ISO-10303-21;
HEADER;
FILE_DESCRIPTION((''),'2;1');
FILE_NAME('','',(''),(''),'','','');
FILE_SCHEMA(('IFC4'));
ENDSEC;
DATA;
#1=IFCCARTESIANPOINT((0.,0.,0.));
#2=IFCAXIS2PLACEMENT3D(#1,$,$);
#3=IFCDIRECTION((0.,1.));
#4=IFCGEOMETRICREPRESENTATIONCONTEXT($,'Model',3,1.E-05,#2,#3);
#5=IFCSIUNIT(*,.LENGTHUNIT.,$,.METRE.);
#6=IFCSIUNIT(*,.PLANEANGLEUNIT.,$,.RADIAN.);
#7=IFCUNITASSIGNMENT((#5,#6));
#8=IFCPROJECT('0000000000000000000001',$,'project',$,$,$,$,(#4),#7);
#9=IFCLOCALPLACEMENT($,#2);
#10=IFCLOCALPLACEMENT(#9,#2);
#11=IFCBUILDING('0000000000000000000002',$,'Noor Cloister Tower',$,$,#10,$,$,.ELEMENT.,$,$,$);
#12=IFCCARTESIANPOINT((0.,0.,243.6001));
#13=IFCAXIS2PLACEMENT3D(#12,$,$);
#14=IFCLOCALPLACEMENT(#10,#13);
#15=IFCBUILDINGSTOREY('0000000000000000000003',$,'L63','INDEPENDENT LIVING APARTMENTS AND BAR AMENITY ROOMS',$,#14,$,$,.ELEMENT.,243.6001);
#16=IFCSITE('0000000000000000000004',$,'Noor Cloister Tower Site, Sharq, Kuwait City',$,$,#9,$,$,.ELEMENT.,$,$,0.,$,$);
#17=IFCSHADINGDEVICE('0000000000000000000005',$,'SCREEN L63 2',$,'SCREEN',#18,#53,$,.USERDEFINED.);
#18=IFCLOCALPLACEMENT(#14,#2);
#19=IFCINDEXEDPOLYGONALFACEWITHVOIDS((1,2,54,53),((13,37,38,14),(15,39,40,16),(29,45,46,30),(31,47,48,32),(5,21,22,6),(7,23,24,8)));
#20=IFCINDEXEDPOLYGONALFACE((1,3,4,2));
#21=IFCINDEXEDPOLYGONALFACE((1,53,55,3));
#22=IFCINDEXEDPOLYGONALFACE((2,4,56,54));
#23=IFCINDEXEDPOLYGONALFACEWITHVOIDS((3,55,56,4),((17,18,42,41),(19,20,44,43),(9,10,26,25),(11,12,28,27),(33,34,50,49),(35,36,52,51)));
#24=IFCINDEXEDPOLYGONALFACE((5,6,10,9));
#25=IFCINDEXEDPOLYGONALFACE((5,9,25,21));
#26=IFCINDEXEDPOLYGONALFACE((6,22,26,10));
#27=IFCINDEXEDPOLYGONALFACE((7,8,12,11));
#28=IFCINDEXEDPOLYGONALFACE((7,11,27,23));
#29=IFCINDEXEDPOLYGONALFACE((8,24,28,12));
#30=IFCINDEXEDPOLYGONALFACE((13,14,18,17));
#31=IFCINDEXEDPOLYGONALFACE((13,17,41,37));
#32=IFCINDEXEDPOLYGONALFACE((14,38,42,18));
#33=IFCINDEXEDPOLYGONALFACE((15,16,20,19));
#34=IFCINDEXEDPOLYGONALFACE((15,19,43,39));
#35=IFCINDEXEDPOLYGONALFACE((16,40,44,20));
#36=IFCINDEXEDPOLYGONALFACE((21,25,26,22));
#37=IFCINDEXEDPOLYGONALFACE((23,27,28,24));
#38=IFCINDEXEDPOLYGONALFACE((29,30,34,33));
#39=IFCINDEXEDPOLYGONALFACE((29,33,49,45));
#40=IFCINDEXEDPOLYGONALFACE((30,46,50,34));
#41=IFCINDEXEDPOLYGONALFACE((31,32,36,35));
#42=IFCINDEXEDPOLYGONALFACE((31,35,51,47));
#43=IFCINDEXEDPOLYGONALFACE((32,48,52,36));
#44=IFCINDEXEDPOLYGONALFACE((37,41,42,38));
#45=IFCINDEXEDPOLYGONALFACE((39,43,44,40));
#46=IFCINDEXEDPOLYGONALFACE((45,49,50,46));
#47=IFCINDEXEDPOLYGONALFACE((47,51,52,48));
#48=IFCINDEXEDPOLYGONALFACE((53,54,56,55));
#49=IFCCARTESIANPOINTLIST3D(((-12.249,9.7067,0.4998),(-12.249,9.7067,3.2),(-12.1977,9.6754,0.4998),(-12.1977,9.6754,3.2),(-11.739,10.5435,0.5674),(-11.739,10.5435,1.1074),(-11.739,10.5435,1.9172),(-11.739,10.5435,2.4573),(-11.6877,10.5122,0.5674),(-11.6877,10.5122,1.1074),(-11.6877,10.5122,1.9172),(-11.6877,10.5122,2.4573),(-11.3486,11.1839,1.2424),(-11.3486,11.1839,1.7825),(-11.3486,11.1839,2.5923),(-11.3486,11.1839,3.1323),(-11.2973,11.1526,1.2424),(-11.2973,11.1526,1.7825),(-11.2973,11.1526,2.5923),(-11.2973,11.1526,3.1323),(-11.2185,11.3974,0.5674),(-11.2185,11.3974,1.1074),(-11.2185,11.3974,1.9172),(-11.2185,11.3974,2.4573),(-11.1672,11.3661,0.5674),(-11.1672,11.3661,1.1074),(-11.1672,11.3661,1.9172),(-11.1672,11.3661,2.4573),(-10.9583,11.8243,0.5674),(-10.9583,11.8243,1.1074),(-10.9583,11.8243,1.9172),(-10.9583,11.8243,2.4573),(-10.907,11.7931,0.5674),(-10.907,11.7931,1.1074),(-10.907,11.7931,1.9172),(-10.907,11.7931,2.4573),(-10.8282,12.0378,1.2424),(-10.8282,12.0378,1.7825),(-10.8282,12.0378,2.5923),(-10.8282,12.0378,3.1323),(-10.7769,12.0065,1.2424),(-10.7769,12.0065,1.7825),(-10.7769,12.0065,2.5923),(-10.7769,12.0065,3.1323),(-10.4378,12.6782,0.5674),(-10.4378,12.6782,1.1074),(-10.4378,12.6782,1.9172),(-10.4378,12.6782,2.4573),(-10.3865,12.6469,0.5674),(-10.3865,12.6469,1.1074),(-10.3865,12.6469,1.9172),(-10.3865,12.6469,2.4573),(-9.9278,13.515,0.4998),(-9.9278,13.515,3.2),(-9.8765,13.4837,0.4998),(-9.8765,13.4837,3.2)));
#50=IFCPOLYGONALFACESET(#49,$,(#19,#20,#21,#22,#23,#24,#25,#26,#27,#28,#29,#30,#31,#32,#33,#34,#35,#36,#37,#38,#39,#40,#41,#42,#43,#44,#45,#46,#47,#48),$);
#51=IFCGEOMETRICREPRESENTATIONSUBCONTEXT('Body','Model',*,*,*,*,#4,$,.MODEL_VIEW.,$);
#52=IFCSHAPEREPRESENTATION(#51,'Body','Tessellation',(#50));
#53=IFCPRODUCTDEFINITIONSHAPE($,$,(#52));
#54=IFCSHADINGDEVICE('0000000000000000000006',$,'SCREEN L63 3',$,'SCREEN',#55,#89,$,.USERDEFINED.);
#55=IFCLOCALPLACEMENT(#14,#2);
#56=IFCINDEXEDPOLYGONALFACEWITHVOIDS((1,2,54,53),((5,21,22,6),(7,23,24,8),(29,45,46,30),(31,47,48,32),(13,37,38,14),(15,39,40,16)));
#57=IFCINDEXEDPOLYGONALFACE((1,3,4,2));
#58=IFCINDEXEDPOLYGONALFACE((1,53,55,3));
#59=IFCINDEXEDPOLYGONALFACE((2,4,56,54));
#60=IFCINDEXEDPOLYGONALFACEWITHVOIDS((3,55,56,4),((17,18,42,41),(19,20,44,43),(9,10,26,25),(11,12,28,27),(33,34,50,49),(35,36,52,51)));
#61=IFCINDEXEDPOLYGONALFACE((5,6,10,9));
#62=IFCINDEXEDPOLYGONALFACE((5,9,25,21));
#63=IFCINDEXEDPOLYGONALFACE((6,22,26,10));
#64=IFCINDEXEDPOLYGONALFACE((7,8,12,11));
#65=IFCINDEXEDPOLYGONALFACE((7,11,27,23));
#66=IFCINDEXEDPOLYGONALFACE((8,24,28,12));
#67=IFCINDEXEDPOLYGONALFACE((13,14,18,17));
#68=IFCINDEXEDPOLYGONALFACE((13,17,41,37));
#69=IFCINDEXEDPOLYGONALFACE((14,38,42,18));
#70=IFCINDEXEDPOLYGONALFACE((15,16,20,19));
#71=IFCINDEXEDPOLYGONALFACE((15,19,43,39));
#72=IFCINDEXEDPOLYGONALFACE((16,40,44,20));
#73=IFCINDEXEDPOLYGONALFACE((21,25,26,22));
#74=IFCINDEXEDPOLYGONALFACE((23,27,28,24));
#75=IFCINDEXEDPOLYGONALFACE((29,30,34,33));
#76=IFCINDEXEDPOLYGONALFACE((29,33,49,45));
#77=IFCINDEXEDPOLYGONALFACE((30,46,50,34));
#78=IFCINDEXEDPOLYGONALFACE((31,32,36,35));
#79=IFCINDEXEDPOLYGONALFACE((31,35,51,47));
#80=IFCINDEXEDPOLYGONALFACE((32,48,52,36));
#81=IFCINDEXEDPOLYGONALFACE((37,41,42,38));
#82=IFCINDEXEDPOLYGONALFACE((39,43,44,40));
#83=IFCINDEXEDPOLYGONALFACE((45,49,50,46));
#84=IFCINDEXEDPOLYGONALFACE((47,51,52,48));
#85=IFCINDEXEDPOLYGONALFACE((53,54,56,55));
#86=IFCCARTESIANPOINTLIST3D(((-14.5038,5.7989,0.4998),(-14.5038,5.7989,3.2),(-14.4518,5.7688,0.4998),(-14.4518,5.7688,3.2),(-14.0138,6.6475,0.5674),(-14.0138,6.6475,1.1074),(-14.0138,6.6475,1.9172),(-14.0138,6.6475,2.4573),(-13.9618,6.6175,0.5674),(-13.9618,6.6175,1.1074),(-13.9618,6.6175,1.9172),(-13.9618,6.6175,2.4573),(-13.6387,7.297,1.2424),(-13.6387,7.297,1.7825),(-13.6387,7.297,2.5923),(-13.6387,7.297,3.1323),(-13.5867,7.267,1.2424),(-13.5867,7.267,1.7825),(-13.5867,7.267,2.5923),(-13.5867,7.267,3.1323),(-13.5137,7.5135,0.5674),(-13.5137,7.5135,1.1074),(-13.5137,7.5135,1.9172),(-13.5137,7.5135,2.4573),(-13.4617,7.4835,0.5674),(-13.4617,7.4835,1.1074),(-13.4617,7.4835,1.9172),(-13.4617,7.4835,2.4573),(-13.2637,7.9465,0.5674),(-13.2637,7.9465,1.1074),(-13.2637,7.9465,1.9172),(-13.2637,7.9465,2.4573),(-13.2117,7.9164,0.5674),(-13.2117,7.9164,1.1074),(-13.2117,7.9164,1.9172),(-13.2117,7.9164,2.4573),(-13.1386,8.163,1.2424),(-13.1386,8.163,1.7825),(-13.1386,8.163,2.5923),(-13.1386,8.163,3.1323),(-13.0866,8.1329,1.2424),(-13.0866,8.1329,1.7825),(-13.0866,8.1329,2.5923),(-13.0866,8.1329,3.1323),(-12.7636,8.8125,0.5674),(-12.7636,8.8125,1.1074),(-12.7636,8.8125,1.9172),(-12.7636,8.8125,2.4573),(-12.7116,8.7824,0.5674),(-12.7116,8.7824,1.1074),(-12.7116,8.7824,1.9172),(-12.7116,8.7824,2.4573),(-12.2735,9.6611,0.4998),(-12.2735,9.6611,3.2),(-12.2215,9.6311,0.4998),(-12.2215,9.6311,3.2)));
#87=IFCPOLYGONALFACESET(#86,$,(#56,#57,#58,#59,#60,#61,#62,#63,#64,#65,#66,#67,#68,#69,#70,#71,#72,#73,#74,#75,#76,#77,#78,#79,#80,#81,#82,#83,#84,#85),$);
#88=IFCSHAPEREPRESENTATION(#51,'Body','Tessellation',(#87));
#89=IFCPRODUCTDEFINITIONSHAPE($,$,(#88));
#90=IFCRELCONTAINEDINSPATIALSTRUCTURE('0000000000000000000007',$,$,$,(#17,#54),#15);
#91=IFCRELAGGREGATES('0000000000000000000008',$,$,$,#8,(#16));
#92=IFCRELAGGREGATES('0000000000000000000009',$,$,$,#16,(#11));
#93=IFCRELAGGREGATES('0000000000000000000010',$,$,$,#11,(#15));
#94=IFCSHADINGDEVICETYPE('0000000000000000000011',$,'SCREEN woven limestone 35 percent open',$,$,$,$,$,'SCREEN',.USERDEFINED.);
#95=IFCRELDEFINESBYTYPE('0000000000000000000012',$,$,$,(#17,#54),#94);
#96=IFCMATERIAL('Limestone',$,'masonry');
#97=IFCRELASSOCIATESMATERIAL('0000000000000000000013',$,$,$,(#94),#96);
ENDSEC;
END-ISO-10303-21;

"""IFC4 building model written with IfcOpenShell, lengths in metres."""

from ifc_helpers import new_model, si_unit, direction, frame, origin, place, context, subcontext, project, spatial, polyline, outline, extrude, material, material_profile, profile_set, type_object, element, save


model = new_model("IFC4")

# Units and contexts
model_context = context("Model", 3, precision=1e-05, world=origin(), true_north=direction((0.0, 1.0)))
body_context = subcontext(model_context, "Body", "Model", "MODEL_VIEW")
ifc_project = project(units=[si_unit("LENGTHUNIT", "METRE"), si_unit("PLANEANGLEUNIT", "RADIAN")], contexts=[model_context])

# Site, building, storey
site_placement = place(None, origin())
site = spatial("IfcSite", under=ifc_project, at=site_placement, Name="Noor Cloister Tower Site, Sharq, Kuwait City", CompositionType="ELEMENT", RefElevation=0.0)
building_placement = place(site_placement, origin())
building = spatial("IfcBuilding", under=site, at=building_placement, Name="Noor Cloister Tower", CompositionType="ELEMENT")
storey_placement = place(building_placement, frame((0.0, 0.0, 243.6001)))
storey = spatial("IfcBuildingStorey", under=building, at=storey_placement, Name="L63", Description="INDEPENDENT LIVING APARTMENTS AND BAR AMENITY ROOMS", CompositionType="ELEMENT", Elevation=243.6001)

# Shading devices
ifc_material_1 = material(Name="Limestone", Category="masonry")
ifc_material_profile_1 = material_profile(ifc_material_1, outline(polyline([(-2.23, -1.3501), (2.23, -1.3501), (2.23, 1.3501), (-2.23, 1.3501), (-2.23, -1.3501)]), holes=[polyline([(-1.25, -1.2825), (-0.25, -1.2825), (-0.25, -0.7424), (-1.25, -0.7424), (-1.25, -1.2825)]), polyline([(0.25, -1.2825), (1.25, -1.2825), (1.25, -0.7424), (0.25, -0.7424), (0.25, -1.2825)]), polyline([(-0.5, -0.6074), (0.5, -0.6074), (0.5, -0.0674), (-0.5, -0.0674), (-0.5, -0.6074)]), polyline([(-1.25, 0.0674), (-0.25, 0.0674), (-0.25, 0.6074), (-1.25, 0.6074), (-1.25, 0.0674)]), polyline([(0.25, 0.0674), (1.25, 0.0674), (1.25, 0.6074), (0.25, 0.6074), (0.25, 0.0674)]), polyline([(-0.5, 0.7424), (0.5, 0.7424), (0.5, 1.2825), (-0.5, 1.2825), (-0.5, 0.7424)])]), Name="Woven screen 35 percent open")
ifc_profile_set_1 = profile_set([ifc_material_profile_1], Name="Limestone")
shading_device_type = type_object("IfcShadingDeviceType", Name="SCREEN woven limestone 35 percent open", ElementType="SCREEN", PredefinedType="USERDEFINED", material=ifc_profile_set_1)
for number, where, z_axis, x_axis, name in (
    (1, (-11.0371, 11.5796, 1.8499), (-0.853884, 0.520463, 0.0), (-0.520463, -0.853884, 0.0), "SCREEN L63 2"),
    (2, (-13.3367, 7.7, 1.8499), (-0.865982, 0.500074, 0.0), (-0.500074, -0.865982, 0.0), "SCREEN L63 3"),
):
    element("IfcShadingDevice", number, at=place(storey_placement, frame(where, z_axis=z_axis, x_axis=x_axis)), inside=storey, type_object=shading_device_type, Name=name, ObjectType="SCREEN", PredefinedType="USERDEFINED", context=body_context, shape_type="SweptSolid", body=[
        extrude(outline(polyline([(-2.23, -1.3501), (2.23, -1.3501), (2.23, 1.3501), (-2.23, 1.3501), (-2.23, -1.3501)]), holes=[polyline([(-1.25, -1.2825), (-0.25, -1.2825), (-0.25, -0.7424), (-1.25, -0.7424), (-1.25, -1.2825)]), polyline([(0.25, -1.2825), (1.25, -1.2825), (1.25, -0.7424), (0.25, -0.7424), (0.25, -1.2825)]), polyline([(-0.5, -0.6074), (0.5, -0.6074), (0.5, -0.0674), (-0.5, -0.0674), (-0.5, -0.6074)]), polyline([(-1.25, 0.0674), (-0.25, 0.0674), (-0.25, 0.6074), (-1.25, 0.6074), (-1.25, 0.0674)]), polyline([(0.25, 0.0674), (1.25, 0.0674), (1.25, 0.6074), (0.25, 0.6074), (0.25, 0.0674)]), polyline([(-0.5, 0.7424), (0.5, 0.7424), (0.5, 1.2825), (-0.5, 1.2825), (-0.5, 0.7424)])]), origin(), (0.0, 0.0, 1.0), 0.0601),
    ])

save(model, "model.ifc")
